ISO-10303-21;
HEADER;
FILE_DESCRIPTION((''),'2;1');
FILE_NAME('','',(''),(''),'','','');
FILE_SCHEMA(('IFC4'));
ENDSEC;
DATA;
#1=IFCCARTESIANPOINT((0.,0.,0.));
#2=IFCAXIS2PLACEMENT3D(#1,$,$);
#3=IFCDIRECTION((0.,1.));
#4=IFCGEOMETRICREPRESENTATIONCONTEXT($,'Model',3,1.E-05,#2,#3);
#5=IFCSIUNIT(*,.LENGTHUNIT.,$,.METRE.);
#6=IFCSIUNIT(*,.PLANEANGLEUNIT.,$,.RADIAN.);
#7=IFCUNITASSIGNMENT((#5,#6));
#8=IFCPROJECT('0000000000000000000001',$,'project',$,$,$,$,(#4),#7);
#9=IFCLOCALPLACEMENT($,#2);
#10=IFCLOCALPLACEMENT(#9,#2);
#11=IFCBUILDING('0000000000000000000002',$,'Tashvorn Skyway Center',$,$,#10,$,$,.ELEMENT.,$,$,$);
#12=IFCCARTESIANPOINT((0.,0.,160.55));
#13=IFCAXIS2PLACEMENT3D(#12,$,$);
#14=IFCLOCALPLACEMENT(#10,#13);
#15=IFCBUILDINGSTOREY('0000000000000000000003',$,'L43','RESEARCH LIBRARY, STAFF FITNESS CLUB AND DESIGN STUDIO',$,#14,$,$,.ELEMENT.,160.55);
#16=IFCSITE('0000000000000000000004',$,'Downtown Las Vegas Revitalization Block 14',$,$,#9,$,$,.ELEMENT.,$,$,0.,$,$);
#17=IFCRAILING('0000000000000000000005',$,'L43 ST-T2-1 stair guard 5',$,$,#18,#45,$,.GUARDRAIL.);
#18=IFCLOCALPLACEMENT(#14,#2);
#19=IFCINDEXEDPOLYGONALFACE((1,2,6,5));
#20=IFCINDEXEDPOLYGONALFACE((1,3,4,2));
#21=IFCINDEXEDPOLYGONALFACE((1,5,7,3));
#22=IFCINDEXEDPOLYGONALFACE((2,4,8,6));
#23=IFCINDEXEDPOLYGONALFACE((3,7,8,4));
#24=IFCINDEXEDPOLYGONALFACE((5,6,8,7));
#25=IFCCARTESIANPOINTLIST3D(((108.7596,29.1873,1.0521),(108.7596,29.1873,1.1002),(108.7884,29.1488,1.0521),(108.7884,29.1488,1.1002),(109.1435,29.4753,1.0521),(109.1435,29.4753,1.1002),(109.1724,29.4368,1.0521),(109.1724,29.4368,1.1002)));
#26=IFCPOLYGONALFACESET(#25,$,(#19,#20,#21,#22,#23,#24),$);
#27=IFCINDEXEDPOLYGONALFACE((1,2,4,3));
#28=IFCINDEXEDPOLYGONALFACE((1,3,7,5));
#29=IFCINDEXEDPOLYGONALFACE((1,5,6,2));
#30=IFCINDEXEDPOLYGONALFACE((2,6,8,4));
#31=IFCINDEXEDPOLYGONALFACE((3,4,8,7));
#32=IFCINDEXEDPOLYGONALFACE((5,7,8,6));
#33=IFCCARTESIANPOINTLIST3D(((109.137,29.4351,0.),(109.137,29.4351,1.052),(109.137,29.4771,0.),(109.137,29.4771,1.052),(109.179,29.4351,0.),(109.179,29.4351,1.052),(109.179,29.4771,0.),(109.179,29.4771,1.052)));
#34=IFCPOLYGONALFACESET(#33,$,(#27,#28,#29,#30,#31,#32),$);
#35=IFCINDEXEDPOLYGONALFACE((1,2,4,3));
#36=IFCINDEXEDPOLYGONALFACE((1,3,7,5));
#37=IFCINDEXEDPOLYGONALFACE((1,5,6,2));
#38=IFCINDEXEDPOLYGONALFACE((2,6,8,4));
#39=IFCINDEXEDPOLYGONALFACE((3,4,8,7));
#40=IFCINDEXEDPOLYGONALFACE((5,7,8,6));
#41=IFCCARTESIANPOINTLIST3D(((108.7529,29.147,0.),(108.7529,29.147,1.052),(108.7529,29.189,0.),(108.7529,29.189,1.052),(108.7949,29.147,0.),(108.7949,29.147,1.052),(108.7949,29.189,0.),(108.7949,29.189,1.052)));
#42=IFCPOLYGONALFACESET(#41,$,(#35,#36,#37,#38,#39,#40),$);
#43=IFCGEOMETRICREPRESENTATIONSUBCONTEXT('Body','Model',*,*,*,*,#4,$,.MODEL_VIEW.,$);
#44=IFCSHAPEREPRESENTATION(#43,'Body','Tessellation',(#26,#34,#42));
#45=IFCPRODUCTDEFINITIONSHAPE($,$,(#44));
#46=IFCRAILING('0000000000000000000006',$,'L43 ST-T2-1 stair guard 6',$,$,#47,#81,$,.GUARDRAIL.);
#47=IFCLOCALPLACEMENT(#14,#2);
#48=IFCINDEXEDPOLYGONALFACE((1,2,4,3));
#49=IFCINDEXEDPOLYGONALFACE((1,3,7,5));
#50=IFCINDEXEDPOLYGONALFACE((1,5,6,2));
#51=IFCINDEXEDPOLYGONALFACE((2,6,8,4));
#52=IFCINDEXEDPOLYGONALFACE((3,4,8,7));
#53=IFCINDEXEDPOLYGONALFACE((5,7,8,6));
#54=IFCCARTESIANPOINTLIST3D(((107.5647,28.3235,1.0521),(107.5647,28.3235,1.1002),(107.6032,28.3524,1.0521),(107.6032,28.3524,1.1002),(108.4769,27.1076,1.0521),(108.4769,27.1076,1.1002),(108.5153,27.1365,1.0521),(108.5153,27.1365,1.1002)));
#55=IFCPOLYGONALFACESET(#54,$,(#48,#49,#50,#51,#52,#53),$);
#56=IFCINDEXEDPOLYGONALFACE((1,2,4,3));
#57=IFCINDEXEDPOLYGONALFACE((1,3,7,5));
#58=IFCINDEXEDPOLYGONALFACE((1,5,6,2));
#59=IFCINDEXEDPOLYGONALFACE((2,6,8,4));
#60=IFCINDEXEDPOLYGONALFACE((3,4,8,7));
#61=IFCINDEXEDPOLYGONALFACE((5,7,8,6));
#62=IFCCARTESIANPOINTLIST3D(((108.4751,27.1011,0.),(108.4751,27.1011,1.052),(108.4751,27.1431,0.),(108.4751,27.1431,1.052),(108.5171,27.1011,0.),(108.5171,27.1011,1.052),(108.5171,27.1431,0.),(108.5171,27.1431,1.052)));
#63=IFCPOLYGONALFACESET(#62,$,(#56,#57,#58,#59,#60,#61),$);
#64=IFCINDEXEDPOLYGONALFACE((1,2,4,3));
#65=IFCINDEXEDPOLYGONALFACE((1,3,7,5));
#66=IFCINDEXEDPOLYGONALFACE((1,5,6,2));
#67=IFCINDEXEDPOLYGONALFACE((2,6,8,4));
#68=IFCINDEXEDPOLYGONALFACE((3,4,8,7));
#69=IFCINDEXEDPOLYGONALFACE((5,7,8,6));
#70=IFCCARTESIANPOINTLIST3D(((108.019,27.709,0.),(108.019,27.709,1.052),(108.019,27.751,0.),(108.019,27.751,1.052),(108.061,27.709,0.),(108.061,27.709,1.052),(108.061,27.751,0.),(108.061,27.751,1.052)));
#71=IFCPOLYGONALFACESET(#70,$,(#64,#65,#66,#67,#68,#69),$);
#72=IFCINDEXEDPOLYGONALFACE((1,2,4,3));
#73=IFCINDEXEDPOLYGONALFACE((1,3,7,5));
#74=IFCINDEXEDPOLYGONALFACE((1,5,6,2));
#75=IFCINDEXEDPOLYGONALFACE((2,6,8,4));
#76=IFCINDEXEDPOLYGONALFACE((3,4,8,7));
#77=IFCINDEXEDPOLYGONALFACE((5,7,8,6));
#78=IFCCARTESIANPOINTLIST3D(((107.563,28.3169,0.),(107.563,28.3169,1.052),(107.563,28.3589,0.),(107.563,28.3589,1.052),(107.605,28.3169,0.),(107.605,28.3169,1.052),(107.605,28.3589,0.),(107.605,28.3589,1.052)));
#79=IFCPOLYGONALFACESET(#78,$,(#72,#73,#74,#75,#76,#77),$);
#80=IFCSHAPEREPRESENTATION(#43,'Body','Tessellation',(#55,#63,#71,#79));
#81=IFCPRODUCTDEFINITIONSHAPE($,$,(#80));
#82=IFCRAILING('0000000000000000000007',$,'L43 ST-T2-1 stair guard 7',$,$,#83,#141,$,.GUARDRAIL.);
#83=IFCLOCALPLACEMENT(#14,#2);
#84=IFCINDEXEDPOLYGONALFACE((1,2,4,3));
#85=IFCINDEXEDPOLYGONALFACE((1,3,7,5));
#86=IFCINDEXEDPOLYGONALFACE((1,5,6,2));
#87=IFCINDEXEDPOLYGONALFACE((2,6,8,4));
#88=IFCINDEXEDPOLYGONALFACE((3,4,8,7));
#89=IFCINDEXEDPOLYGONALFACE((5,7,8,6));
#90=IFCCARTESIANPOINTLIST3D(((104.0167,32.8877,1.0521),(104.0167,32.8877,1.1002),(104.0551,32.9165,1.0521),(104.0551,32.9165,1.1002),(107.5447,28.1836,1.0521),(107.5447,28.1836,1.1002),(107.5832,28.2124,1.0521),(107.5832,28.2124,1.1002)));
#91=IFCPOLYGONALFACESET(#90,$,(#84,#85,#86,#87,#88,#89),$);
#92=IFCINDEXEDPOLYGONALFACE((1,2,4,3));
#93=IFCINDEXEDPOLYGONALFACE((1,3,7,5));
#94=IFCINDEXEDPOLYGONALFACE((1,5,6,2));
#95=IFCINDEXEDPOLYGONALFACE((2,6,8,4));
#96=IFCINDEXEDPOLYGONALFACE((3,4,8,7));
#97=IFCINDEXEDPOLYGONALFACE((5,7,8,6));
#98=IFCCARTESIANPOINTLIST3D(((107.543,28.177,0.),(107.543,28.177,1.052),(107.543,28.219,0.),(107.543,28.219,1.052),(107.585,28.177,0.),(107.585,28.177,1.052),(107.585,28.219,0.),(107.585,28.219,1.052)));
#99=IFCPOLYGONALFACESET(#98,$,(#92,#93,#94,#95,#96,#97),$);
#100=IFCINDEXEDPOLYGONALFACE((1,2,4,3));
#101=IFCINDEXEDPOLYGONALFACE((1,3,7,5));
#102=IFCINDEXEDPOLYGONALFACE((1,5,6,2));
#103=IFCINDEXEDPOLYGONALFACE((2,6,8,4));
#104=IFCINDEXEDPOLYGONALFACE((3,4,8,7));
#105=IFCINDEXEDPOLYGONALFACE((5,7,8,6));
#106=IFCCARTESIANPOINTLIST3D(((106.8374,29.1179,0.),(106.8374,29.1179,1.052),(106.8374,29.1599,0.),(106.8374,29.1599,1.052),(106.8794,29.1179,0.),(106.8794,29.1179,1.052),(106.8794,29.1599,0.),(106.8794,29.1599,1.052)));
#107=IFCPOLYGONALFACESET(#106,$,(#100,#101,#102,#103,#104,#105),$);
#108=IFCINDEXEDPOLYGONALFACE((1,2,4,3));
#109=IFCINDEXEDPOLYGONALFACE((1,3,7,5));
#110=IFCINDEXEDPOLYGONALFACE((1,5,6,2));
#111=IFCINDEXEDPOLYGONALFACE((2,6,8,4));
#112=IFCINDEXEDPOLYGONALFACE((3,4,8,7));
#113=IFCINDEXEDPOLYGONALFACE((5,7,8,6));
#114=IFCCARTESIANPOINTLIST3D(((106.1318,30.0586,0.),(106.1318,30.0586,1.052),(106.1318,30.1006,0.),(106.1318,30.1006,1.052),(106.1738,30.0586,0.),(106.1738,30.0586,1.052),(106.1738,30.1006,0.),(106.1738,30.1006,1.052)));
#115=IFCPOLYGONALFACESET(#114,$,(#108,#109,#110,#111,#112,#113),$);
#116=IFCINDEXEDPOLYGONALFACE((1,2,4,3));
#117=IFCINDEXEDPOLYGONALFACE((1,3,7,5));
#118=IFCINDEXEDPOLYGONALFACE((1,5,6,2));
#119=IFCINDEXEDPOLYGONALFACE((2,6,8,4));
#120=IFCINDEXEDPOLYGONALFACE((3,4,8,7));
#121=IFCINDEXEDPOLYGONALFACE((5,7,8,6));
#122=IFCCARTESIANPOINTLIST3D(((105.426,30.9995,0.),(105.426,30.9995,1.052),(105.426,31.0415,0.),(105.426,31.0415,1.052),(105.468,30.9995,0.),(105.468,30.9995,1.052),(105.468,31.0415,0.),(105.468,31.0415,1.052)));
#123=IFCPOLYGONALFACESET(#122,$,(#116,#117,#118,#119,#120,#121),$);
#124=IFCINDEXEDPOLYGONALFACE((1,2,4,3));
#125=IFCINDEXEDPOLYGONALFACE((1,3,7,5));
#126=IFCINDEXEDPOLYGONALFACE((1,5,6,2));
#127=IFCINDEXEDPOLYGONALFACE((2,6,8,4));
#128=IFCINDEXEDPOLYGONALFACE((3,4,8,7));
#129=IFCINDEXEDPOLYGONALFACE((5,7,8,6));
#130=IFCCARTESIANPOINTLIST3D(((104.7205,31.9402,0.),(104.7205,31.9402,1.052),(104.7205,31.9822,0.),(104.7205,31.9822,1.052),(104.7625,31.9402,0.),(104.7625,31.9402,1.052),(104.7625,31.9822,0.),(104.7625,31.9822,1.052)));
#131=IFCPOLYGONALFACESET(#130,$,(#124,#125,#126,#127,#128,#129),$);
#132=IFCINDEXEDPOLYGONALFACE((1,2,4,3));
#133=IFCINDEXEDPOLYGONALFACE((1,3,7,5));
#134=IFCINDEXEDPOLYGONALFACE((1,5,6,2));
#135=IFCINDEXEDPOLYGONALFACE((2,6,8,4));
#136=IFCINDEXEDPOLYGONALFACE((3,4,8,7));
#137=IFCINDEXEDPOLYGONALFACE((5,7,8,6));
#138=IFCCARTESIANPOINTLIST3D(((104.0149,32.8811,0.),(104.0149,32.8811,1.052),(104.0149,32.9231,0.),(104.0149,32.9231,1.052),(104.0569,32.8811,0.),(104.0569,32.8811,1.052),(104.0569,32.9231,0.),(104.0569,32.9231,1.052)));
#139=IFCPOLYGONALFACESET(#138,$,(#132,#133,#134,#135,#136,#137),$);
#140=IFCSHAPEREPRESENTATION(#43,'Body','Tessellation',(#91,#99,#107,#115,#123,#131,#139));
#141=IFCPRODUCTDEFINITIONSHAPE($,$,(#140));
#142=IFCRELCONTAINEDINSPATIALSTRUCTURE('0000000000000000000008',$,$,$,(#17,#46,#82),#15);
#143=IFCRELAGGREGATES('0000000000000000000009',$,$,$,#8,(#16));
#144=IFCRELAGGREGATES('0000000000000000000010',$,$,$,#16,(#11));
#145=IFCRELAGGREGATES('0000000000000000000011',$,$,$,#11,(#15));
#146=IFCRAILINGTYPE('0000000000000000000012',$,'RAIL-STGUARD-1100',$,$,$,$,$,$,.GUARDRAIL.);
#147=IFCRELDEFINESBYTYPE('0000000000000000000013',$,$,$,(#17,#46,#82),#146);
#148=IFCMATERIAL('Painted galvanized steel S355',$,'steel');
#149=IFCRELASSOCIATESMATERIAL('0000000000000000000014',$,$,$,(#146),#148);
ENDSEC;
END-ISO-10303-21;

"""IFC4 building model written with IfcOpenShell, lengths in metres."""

from ifc_helpers import new_model, si_unit, direction, frame, origin, origin_2d, place, context, subcontext, project, spatial, rectangle, extrude, material, type_object, element, save


model = new_model("IFC4")

# Units and contexts
model_context = context("Model", 3, precision=1e-05, world=origin(), true_north=direction((0.0, 1.0)))
body_context = subcontext(model_context, "Body", "Model", "MODEL_VIEW")
ifc_project = project(units=[si_unit("LENGTHUNIT", "METRE"), si_unit("PLANEANGLEUNIT", "RADIAN")], contexts=[model_context])

# Site, building, storey
site_placement = place(None, origin())
site = spatial("IfcSite", under=ifc_project, at=site_placement, Name="Downtown Las Vegas Revitalization Block 14", CompositionType="ELEMENT", RefElevation=0.0)
building_placement = place(site_placement, origin())
building = spatial("IfcBuilding", under=site, at=building_placement, Name="Tashvorn Skyway Center", CompositionType="ELEMENT")
storey_placement = place(building_placement, frame((0.0, 0.0, 160.55)))
storey = spatial("IfcBuildingStorey", under=building, at=storey_placement, Name="L43", Description="RESEARCH LIBRARY, STAFF FITNESS CLUB AND DESIGN STUDIO", CompositionType="ELEMENT", Elevation=160.55)

# Railings
ifc_material_1 = material(Name="Painted galvanized steel S355", Category="steel")
railing_type = type_object("IfcRailingType", Name="RAIL-STGUARD-1100", PredefinedType="GUARDRAIL", material=ifc_material_1)
railing_1_placement = place(storey_placement, frame((109.158, 29.4561, 0.0)))
element("IfcRailing", 1, at=railing_1_placement, inside=storey, type_object=railing_type, Name="L43 ST-T2-1 stair guard 5", PredefinedType="GUARDRAIL", context=body_context, shape_type="SweptSolid", body=[
    extrude(rectangle(XDim=0.0481, YDim=0.0481, at=origin_2d()), frame((0.0, 0.0, 1.0762), z_axis=(-0.799939, -0.600081, 0.0), x_axis=(0.600081, -0.799939, 0.0)), (0.0, 0.0, 1.0), 0.48),
    extrude(rectangle(XDim=0.042, YDim=0.042, at=origin_2d()), origin(), (0.0, 0.0, 1.0), 1.052),
    extrude(rectangle(XDim=0.042, YDim=0.042, at=origin_2d()), frame((-0.384, -0.2881, 0.0)), (0.0, 0.0, 1.0), 1.052),
])
railing_2_placement = place(storey_placement, frame((108.4961, 27.1221, 0.0)))
element("IfcRailing", 2, at=railing_2_placement, inside=storey, type_object=railing_type, Name="L43 ST-T2-1 stair guard 6", PredefinedType="GUARDRAIL", context=body_context, shape_type="SweptSolid", body=[
    extrude(rectangle(XDim=0.0481, YDim=0.0481, at=origin_2d()), frame((0.0, 0.0, 1.0762), z_axis=(-0.600103, 0.799923, 0.0), x_axis=(-0.799923, -0.600103, 0.0)), (0.0, 0.0, 1.0), 1.52),
    extrude(rectangle(XDim=0.042, YDim=0.042, at=origin_2d()), origin(), (0.0, 0.0, 1.0), 1.052),
    extrude(rectangle(XDim=0.042, YDim=0.042, at=origin_2d()), frame((-0.4561, 0.6079, 0.0)), (0.0, 0.0, 1.0), 1.052),
    extrude(rectangle(XDim=0.042, YDim=0.042, at=origin_2d()), frame((-0.9121, 1.2158, 0.0)), (0.0, 0.0, 1.0), 1.052),
])
railing_3_placement = place(storey_placement, frame((107.564, 28.198, 0.0)))
element("IfcRailing", 3, at=railing_3_placement, inside=storey, type_object=railing_type, Name="L43 ST-T2-1 stair guard 7", PredefinedType="GUARDRAIL", context=body_context, shape_type="SweptSolid", body=[
    extrude(rectangle(XDim=0.0481, YDim=0.0481, at=origin_2d()), frame((0.0, 0.0, 1.0762), z_axis=(-0.6, 0.8, 0.0), x_axis=(-0.8, -0.6, 0.0)), (0.0, 0.0, 1.0), 5.8801),
    extrude(rectangle(XDim=0.042, YDim=0.042, at=origin_2d()), origin(), (0.0, 0.0, 1.0), 1.052),
    extrude(rectangle(XDim=0.042, YDim=0.042, at=origin_2d()), frame((-0.7056, 0.9409, 0.0)), (0.0, 0.0, 1.0), 1.052),
    extrude(rectangle(XDim=0.042, YDim=0.042, at=origin_2d()), frame((-1.4111, 1.8816, 0.0)), (0.0, 0.0, 1.0), 1.052),
    extrude(rectangle(XDim=0.042, YDim=0.042, at=origin_2d()), frame((-2.1169, 2.8225, 0.0)), (0.0, 0.0, 1.0), 1.052),
    extrude(rectangle(XDim=0.042, YDim=0.042, at=origin_2d()), frame((-2.8225, 3.7632, 0.0)), (0.0, 0.0, 1.0), 1.052),
    extrude(rectangle(XDim=0.042, YDim=0.042, at=origin_2d()), frame((-3.5281, 4.7041, 0.0)), (0.0, 0.0, 1.0), 1.052),
])

save(model, "model.ifc")
